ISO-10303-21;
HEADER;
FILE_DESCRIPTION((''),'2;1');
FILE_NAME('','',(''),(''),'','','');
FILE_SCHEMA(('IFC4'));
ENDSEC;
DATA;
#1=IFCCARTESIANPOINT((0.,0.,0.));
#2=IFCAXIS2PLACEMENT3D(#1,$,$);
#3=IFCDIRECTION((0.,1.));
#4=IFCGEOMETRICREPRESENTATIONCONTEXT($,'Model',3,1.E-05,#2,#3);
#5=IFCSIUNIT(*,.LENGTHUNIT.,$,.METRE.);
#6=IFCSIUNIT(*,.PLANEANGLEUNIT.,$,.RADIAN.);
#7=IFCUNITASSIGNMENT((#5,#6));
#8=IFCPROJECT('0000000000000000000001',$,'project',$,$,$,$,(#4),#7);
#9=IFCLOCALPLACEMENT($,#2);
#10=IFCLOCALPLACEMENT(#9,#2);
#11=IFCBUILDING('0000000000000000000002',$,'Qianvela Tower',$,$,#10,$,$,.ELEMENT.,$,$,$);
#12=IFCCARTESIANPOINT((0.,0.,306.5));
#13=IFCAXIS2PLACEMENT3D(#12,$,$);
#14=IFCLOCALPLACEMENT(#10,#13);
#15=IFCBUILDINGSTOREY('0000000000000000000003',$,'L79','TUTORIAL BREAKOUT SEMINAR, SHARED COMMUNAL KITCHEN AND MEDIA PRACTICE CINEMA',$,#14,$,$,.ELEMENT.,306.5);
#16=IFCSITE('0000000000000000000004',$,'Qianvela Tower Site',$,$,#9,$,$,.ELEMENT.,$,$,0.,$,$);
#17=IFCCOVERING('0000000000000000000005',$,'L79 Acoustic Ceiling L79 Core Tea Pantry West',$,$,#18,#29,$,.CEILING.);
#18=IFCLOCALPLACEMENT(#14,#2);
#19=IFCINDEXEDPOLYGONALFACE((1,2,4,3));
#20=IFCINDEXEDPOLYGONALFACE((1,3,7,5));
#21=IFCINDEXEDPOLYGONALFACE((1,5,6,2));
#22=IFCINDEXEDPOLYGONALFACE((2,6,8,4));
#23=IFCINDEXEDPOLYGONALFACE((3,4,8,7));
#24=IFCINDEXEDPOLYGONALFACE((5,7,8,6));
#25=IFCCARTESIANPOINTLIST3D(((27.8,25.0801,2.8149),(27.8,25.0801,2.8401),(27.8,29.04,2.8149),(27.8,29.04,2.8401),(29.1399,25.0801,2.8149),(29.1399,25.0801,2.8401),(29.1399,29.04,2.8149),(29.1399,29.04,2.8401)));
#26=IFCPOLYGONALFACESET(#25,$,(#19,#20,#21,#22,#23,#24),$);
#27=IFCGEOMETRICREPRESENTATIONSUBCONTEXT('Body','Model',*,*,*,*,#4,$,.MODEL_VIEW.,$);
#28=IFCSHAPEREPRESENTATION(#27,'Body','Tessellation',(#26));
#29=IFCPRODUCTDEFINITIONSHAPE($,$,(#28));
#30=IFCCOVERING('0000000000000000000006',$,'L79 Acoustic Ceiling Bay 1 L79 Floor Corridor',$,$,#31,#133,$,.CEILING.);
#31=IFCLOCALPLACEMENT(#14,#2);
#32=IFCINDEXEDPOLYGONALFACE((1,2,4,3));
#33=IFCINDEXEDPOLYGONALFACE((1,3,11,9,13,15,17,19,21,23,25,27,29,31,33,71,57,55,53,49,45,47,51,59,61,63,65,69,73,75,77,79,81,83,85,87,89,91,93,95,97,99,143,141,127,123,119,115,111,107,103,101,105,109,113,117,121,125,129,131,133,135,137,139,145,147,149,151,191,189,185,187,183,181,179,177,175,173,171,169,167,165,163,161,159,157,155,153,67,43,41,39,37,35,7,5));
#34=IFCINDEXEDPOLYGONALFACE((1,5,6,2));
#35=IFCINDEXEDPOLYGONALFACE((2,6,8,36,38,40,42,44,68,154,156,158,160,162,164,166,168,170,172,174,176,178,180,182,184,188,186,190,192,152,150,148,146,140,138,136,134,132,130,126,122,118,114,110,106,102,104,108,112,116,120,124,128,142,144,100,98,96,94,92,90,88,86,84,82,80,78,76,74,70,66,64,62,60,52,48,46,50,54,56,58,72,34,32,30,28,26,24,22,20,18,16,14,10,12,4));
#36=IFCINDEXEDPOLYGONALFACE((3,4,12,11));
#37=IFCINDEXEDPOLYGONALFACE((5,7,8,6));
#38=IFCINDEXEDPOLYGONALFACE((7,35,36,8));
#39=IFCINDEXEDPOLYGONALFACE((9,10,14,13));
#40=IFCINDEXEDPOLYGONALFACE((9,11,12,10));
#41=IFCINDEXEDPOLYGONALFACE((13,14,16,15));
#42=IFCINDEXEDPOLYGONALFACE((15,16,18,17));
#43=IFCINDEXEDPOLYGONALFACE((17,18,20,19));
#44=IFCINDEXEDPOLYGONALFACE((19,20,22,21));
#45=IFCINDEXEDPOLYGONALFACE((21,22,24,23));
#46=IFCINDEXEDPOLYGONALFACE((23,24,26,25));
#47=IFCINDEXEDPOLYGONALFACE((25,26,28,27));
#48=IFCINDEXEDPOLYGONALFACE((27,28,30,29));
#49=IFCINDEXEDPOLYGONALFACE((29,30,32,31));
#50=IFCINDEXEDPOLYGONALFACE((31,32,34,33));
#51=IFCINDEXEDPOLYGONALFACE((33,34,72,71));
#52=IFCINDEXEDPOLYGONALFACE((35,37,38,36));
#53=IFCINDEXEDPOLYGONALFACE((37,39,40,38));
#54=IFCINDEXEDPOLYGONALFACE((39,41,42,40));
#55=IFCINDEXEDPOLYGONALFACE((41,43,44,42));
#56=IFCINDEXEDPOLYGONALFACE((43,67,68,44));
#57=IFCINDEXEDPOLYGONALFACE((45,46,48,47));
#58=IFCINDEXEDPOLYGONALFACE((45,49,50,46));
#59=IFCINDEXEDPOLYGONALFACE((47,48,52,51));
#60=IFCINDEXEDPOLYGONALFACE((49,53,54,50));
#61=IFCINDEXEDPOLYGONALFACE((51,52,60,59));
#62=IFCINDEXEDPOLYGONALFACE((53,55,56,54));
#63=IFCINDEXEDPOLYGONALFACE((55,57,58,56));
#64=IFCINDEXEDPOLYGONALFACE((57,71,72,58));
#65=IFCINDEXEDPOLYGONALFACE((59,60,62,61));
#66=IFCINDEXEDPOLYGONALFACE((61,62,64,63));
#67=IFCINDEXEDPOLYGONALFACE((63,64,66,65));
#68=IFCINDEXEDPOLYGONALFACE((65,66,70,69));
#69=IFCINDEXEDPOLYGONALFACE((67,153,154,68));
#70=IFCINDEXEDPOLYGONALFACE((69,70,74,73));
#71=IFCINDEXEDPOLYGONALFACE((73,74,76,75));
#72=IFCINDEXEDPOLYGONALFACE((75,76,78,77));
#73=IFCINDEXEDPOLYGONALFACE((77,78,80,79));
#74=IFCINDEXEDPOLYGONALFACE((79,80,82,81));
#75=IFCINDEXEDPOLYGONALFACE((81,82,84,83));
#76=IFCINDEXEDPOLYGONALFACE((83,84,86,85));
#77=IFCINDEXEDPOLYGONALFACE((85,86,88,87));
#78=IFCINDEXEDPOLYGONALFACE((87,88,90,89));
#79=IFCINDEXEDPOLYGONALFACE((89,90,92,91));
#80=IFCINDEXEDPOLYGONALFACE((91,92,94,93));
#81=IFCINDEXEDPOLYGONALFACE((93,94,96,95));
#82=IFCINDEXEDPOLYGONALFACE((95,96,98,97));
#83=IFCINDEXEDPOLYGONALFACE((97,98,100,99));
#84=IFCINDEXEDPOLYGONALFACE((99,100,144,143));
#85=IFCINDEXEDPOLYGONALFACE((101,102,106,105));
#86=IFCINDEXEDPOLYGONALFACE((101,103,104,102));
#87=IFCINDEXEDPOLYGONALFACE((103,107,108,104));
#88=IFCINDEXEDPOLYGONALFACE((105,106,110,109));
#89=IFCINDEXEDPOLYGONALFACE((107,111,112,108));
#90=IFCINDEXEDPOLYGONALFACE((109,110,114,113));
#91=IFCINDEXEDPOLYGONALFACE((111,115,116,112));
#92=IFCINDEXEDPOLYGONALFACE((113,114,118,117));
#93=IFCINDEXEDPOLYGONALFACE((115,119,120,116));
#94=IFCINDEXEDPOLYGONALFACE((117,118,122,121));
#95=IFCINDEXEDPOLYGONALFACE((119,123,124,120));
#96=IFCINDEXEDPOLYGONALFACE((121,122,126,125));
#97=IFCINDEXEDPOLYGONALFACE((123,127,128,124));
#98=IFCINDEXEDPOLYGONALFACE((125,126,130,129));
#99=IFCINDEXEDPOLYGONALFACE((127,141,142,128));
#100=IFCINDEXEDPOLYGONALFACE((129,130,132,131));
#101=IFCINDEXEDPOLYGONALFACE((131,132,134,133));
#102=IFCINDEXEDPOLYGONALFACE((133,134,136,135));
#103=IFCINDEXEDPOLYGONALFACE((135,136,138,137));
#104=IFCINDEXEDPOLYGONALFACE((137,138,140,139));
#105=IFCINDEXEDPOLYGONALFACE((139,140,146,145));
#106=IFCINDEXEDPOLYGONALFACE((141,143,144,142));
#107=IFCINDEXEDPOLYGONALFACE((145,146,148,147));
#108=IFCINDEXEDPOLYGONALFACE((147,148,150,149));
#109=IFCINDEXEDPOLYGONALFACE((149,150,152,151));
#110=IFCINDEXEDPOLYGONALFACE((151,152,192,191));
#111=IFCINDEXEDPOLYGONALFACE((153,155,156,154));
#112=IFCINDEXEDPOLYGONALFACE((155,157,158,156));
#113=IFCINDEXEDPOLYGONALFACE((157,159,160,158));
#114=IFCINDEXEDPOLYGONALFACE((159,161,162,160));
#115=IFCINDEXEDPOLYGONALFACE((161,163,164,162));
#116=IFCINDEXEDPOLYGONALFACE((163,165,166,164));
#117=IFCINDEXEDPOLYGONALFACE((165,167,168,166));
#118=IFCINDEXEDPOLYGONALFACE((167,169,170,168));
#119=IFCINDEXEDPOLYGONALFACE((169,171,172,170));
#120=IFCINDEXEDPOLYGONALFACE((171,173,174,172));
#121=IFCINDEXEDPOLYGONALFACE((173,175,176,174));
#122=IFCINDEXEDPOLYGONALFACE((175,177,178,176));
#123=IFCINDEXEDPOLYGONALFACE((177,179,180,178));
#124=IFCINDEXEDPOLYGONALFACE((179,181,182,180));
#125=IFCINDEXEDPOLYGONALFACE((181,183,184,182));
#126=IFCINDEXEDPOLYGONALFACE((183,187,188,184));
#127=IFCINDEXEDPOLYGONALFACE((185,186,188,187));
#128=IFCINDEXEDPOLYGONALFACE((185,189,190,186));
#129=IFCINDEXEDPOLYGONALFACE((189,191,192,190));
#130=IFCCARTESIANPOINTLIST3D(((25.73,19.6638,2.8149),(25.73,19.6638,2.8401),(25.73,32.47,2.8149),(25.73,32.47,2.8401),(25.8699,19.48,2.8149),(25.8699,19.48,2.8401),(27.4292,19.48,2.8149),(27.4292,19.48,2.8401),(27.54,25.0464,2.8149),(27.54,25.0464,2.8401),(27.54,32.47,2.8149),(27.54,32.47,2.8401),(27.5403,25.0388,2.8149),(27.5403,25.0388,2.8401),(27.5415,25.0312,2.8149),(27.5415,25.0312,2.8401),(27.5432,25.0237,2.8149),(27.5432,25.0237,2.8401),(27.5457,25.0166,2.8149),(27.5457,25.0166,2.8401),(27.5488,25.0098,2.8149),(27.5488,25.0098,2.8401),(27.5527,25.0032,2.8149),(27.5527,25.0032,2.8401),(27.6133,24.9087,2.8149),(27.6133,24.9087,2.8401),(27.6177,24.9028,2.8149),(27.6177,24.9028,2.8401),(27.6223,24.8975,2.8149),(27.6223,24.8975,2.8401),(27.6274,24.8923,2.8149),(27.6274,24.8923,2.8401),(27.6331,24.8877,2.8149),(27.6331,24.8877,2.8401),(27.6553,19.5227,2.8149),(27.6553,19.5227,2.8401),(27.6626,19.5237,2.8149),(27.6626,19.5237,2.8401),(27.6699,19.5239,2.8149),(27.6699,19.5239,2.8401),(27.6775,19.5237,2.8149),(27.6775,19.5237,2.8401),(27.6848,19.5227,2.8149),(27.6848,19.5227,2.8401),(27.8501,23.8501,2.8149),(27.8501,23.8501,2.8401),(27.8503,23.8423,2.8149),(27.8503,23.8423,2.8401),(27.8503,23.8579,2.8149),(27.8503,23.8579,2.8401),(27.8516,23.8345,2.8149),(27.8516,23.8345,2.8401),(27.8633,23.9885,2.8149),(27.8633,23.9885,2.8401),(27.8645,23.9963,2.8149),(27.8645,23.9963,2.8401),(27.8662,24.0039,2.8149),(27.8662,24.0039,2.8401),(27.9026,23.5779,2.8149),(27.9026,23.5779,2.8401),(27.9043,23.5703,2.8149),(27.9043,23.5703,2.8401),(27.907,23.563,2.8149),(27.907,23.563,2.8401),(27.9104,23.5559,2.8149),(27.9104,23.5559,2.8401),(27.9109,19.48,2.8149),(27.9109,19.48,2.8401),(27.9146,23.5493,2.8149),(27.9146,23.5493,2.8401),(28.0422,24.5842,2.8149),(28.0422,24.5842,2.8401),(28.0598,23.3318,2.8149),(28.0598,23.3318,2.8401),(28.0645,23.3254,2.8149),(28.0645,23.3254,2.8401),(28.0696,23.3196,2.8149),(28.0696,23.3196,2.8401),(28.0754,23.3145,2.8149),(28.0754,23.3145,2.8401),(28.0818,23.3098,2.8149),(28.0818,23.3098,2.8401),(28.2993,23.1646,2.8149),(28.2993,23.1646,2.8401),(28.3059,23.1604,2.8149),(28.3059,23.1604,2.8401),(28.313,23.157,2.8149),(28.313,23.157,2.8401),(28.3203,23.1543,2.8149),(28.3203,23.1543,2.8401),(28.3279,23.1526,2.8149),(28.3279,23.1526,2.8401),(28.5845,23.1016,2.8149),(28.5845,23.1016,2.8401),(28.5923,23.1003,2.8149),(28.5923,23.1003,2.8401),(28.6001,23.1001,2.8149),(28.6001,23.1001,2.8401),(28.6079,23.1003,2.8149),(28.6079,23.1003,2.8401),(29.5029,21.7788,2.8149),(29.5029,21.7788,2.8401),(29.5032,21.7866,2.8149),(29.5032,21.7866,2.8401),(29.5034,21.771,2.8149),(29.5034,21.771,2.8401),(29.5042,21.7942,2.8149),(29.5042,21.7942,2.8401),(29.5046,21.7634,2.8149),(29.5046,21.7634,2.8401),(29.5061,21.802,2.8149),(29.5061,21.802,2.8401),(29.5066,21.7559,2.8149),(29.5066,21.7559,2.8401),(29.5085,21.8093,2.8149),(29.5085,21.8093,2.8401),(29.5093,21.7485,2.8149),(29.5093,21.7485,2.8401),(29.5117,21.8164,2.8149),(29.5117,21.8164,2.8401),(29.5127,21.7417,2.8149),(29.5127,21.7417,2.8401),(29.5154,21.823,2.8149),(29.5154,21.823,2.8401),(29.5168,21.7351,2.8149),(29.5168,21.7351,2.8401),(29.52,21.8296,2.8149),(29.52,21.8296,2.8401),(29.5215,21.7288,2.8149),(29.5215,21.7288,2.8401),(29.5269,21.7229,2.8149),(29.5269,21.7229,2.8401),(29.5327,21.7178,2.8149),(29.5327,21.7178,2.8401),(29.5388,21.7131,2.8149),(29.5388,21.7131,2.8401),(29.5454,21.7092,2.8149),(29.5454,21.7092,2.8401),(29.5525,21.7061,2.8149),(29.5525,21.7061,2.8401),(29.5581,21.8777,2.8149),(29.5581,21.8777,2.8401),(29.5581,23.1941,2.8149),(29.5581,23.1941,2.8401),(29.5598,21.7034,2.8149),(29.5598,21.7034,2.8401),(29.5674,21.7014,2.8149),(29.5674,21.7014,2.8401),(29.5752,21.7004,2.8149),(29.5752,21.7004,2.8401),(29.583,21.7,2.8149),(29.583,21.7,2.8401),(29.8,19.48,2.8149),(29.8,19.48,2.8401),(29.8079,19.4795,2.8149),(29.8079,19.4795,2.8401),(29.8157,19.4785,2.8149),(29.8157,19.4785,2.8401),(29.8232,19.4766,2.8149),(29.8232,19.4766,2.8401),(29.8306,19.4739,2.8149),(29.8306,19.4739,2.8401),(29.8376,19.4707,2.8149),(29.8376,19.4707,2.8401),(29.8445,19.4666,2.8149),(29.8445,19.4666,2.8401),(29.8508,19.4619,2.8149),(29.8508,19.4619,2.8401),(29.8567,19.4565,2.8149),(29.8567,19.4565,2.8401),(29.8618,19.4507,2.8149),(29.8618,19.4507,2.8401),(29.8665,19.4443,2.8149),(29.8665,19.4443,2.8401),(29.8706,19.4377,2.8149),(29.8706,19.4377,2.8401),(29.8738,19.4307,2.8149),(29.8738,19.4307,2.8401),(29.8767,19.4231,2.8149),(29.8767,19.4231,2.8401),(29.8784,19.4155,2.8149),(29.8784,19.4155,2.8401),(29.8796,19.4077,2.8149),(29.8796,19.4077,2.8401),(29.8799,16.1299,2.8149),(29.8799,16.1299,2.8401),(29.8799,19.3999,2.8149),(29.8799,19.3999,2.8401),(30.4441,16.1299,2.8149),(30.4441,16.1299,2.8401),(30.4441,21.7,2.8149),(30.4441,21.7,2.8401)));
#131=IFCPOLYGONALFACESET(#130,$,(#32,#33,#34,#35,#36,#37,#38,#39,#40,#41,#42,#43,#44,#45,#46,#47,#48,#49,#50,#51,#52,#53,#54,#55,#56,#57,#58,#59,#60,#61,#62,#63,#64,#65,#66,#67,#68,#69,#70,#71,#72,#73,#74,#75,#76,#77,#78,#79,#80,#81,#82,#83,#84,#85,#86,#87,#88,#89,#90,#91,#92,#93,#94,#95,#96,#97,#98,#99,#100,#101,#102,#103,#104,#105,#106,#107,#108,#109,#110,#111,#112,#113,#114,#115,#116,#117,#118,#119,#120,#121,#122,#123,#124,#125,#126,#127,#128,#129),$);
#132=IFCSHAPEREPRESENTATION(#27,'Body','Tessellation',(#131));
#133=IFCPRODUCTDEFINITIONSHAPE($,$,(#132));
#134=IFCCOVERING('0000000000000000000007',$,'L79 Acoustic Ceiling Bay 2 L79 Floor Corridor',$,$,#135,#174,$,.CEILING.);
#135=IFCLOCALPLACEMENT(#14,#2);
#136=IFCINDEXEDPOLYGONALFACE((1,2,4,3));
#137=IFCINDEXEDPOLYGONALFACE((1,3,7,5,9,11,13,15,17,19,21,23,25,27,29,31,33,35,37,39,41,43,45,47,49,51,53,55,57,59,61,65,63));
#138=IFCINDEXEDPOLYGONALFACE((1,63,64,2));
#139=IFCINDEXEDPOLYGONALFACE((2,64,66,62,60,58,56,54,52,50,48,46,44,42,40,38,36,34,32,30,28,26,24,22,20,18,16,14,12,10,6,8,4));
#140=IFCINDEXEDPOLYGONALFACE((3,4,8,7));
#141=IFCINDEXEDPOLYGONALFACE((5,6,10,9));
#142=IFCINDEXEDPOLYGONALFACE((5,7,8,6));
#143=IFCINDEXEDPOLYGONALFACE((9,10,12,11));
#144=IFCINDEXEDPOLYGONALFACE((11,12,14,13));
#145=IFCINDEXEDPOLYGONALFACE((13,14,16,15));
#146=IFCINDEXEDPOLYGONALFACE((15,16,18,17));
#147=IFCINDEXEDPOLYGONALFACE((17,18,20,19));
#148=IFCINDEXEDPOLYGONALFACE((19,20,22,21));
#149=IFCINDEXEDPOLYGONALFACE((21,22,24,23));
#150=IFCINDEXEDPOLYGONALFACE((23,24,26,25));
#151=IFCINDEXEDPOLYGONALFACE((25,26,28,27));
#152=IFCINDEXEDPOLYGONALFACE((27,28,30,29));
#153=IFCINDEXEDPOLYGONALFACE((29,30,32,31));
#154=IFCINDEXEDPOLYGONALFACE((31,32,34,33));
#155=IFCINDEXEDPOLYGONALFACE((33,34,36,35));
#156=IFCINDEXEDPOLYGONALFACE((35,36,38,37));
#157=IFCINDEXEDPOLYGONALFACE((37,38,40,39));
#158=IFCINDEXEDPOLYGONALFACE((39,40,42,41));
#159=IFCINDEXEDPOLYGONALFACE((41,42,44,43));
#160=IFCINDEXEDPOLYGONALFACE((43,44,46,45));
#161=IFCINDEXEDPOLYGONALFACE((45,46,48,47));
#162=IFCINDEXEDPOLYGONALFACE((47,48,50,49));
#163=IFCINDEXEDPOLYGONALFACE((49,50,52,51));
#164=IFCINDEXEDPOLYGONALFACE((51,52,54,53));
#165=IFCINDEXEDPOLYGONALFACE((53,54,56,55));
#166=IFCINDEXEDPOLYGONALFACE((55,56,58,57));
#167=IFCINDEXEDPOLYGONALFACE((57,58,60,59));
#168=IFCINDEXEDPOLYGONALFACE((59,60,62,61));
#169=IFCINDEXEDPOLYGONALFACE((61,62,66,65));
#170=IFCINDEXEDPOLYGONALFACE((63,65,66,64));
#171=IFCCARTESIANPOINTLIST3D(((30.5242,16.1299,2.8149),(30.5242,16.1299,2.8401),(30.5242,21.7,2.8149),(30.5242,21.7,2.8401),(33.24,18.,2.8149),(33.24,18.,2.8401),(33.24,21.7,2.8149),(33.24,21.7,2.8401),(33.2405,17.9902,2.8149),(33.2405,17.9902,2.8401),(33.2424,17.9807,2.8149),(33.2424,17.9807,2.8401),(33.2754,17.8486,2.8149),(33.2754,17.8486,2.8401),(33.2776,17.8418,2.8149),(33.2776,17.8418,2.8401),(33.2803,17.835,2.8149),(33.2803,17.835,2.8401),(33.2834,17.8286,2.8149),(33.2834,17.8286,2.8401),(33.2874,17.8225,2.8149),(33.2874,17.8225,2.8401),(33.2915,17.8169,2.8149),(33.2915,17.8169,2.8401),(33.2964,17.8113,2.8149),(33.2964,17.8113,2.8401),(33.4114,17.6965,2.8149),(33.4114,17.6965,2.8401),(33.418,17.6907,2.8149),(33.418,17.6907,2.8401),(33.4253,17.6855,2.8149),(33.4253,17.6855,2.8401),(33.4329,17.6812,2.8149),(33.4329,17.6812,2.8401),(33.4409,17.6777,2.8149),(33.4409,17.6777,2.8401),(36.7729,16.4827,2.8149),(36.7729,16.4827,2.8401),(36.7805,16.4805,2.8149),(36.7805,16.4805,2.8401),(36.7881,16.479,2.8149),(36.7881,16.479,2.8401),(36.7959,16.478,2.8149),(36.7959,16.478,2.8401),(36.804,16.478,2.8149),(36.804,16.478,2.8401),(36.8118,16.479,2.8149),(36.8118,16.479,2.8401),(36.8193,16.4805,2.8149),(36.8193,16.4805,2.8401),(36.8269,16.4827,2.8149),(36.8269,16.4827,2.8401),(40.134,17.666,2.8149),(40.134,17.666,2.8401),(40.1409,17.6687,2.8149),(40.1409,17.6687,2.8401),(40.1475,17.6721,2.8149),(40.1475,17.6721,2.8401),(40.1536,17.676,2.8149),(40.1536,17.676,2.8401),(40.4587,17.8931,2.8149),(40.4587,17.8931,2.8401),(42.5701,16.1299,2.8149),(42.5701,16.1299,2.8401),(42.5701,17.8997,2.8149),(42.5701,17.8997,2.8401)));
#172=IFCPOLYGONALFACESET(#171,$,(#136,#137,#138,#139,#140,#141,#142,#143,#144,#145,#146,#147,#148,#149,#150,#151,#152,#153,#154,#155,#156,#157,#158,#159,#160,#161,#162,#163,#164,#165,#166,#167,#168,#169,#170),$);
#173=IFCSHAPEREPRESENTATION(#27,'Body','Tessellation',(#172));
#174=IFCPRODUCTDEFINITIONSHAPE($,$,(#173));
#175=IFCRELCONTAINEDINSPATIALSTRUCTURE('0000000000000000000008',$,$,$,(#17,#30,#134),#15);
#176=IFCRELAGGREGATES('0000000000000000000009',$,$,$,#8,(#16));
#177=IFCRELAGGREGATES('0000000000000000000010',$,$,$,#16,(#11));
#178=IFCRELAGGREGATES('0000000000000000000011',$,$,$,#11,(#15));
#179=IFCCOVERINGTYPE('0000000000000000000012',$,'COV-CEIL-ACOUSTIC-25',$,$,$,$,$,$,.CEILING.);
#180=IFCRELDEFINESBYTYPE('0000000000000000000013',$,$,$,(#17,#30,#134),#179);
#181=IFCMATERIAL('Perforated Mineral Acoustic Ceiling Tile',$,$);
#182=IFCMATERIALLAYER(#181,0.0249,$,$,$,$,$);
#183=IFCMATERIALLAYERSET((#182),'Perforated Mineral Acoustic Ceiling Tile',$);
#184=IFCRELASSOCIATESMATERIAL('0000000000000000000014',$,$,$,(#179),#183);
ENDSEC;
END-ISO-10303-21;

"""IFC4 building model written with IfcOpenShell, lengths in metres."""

from ifc_helpers import new_model, si_unit, direction, frame, origin, place, context, subcontext, project, spatial, polyline, outline, extrude, material, layer, layer_set, type_object, element, save


model = new_model("IFC4")

# Units and contexts
model_context = context("Model", 3, precision=1e-05, world=origin(), true_north=direction((0.0, 1.0)))
body_context = subcontext(model_context, "Body", "Model", "MODEL_VIEW")
ifc_project = project(units=[si_unit("LENGTHUNIT", "METRE"), si_unit("PLANEANGLEUNIT", "RADIAN")], contexts=[model_context])

# Site, building, storey
site_placement = place(None, origin())
site = spatial("IfcSite", under=ifc_project, at=site_placement, Name="Qianvela Tower Site", CompositionType="ELEMENT", RefElevation=0.0)
building_placement = place(site_placement, origin())
building = spatial("IfcBuilding", under=site, at=building_placement, Name="Qianvela Tower", CompositionType="ELEMENT")
storey_placement = place(building_placement, frame((0.0, 0.0, 306.5)))
storey = spatial("IfcBuildingStorey", under=building, at=storey_placement, Name="L79", Description="TUTORIAL BREAKOUT SEMINAR, SHARED COMMUNAL KITCHEN AND MEDIA PRACTICE CINEMA", CompositionType="ELEMENT", Elevation=306.5)

# Coverings
ifc_material_1 = material(Name="Perforated Mineral Acoustic Ceiling Tile")
ifc_layer_1 = layer(ifc_material_1, 0.0249)
ifc_layer_set_1 = layer_set([ifc_layer_1], Name="Perforated Mineral Acoustic Ceiling Tile")
covering_type_1 = type_object("IfcCoveringType", Name="COV-CEIL-ACOUSTIC-25", PredefinedType="CEILING", material=ifc_layer_set_1)
covering_1_placement = place(storey_placement, frame((0.0, 0.0, 2.8149)))
element("IfcCovering", 1, at=covering_1_placement, inside=storey, type_object=covering_type_1, Name="L79 Acoustic Ceiling L79 Core Tea Pantry West", PredefinedType="CEILING", context=body_context, shape_type="SweptSolid", body=[
    extrude(outline(polyline([(27.8, 25.0801), (27.8, 29.04), (29.1399, 29.04), (29.1399, 25.0801), (27.8, 25.0801)])), origin(), (0.0, 0.0, 1.0), 0.0251),
])
covering_2_placement = place(storey_placement, frame((0.0, 0.0, 2.8149)))
element("IfcCovering", 2, at=covering_2_placement, inside=storey, type_object=covering_type_1, Name="L79 Acoustic Ceiling Bay 1 L79 Floor Corridor", PredefinedType="CEILING", context=body_context, shape_type="SweptSolid", body=[
    extrude(outline(polyline([(27.54, 32.47), (27.54, 25.0464), (27.5403, 25.0388), (27.5415, 25.0312), (27.5432, 25.0237), (27.5457, 25.0166), (27.5488, 25.0098), (27.5527, 25.0032), (27.6133, 24.9087), (27.6177, 24.9028), (27.6223, 24.8975), (27.6274, 24.8923), (27.6331, 24.8877), (28.0422, 24.5842), (27.8662, 24.0039), (27.8645, 23.9963), (27.8633, 23.9885), (27.8503, 23.8579), (27.8501, 23.8501), (27.8503, 23.8423), (27.8516, 23.8345), (27.9026, 23.5779), (27.9043, 23.5703), (27.907, 23.563), (27.9104, 23.5559), (27.9146, 23.5493), (28.0598, 23.3318), (28.0645, 23.3254), (28.0696, 23.3196), (28.0754, 23.3145), (28.0818, 23.3098), (28.2993, 23.1646), (28.3059, 23.1604), (28.313, 23.157), (28.3203, 23.1543), (28.3279, 23.1526), (28.5845, 23.1016), (28.5923, 23.1003), (28.6001, 23.1001), (28.6079, 23.1003), (29.5581, 23.1941), (29.5581, 21.8777), (29.52, 21.8296), (29.5154, 21.823), (29.5117, 21.8164), (29.5085, 21.8093), (29.5061, 21.802), (29.5042, 21.7942), (29.5032, 21.7866), (29.5029, 21.7788), (29.5034, 21.771), (29.5046, 21.7634), (29.5066, 21.7559), (29.5093, 21.7485), (29.5127, 21.7417), (29.5168, 21.7351), (29.5215, 21.7288), (29.5269, 21.7229), (29.5327, 21.7178), (29.5388, 21.7131), (29.5454, 21.7092), (29.5525, 21.7061), (29.5598, 21.7034), (29.5674, 21.7014), (29.5752, 21.7004), (29.583, 21.7), (30.4441, 21.7), (30.4441, 16.1299), (29.8799, 16.1299), (29.8799, 19.3999), (29.8796, 19.4077), (29.8784, 19.4155), (29.8767, 19.4231), (29.8738, 19.4307), (29.8706, 19.4377), (29.8665, 19.4443), (29.8618, 19.4507), (29.8567, 19.4565), (29.8508, 19.4619), (29.8445, 19.4666), (29.8376, 19.4707), (29.8306, 19.4739), (29.8232, 19.4766), (29.8157, 19.4785), (29.8079, 19.4795), (29.8, 19.48), (27.9109, 19.48), (27.6848, 19.5227), (27.6775, 19.5237), (27.6699, 19.5239), (27.6626, 19.5237), (27.6553, 19.5227), (27.4292, 19.48), (25.8699, 19.48), (25.73, 19.6638), (25.73, 32.47), (27.54, 32.47)])), origin(), (0.0, 0.0, 1.0), 0.0251),
])
covering_3_placement = place(storey_placement, frame((0.0, 0.0, 2.8149)))
element("IfcCovering", 3, at=covering_3_placement, inside=storey, type_object=covering_type_1, Name="L79 Acoustic Ceiling Bay 2 L79 Floor Corridor", PredefinedType="CEILING", context=body_context, shape_type="SweptSolid", body=[
    extrude(outline(polyline([(33.24, 21.7), (33.24, 18.0), (33.2405, 17.9902), (33.2424, 17.9807), (33.2754, 17.8486), (33.2776, 17.8418), (33.2803, 17.835), (33.2834, 17.8286), (33.2874, 17.8225), (33.2915, 17.8169), (33.2964, 17.8113), (33.4114, 17.6965), (33.418, 17.6907), (33.4253, 17.6855), (33.4329, 17.6812), (33.4409, 17.6777), (36.7729, 16.4827), (36.7805, 16.4805), (36.7881, 16.479), (36.7959, 16.478), (36.804, 16.478), (36.8118, 16.479), (36.8193, 16.4805), (36.8269, 16.4827), (40.134, 17.666), (40.1409, 17.6687), (40.1475, 17.6721), (40.1536, 17.676), (40.4587, 17.8931), (42.5701, 17.8997), (42.5701, 16.1299), (30.5242, 16.1299), (30.5242, 21.7), (33.24, 21.7)])), origin(), (0.0, 0.0, 1.0), 0.0251),
])

save(model, "model.ifc")
